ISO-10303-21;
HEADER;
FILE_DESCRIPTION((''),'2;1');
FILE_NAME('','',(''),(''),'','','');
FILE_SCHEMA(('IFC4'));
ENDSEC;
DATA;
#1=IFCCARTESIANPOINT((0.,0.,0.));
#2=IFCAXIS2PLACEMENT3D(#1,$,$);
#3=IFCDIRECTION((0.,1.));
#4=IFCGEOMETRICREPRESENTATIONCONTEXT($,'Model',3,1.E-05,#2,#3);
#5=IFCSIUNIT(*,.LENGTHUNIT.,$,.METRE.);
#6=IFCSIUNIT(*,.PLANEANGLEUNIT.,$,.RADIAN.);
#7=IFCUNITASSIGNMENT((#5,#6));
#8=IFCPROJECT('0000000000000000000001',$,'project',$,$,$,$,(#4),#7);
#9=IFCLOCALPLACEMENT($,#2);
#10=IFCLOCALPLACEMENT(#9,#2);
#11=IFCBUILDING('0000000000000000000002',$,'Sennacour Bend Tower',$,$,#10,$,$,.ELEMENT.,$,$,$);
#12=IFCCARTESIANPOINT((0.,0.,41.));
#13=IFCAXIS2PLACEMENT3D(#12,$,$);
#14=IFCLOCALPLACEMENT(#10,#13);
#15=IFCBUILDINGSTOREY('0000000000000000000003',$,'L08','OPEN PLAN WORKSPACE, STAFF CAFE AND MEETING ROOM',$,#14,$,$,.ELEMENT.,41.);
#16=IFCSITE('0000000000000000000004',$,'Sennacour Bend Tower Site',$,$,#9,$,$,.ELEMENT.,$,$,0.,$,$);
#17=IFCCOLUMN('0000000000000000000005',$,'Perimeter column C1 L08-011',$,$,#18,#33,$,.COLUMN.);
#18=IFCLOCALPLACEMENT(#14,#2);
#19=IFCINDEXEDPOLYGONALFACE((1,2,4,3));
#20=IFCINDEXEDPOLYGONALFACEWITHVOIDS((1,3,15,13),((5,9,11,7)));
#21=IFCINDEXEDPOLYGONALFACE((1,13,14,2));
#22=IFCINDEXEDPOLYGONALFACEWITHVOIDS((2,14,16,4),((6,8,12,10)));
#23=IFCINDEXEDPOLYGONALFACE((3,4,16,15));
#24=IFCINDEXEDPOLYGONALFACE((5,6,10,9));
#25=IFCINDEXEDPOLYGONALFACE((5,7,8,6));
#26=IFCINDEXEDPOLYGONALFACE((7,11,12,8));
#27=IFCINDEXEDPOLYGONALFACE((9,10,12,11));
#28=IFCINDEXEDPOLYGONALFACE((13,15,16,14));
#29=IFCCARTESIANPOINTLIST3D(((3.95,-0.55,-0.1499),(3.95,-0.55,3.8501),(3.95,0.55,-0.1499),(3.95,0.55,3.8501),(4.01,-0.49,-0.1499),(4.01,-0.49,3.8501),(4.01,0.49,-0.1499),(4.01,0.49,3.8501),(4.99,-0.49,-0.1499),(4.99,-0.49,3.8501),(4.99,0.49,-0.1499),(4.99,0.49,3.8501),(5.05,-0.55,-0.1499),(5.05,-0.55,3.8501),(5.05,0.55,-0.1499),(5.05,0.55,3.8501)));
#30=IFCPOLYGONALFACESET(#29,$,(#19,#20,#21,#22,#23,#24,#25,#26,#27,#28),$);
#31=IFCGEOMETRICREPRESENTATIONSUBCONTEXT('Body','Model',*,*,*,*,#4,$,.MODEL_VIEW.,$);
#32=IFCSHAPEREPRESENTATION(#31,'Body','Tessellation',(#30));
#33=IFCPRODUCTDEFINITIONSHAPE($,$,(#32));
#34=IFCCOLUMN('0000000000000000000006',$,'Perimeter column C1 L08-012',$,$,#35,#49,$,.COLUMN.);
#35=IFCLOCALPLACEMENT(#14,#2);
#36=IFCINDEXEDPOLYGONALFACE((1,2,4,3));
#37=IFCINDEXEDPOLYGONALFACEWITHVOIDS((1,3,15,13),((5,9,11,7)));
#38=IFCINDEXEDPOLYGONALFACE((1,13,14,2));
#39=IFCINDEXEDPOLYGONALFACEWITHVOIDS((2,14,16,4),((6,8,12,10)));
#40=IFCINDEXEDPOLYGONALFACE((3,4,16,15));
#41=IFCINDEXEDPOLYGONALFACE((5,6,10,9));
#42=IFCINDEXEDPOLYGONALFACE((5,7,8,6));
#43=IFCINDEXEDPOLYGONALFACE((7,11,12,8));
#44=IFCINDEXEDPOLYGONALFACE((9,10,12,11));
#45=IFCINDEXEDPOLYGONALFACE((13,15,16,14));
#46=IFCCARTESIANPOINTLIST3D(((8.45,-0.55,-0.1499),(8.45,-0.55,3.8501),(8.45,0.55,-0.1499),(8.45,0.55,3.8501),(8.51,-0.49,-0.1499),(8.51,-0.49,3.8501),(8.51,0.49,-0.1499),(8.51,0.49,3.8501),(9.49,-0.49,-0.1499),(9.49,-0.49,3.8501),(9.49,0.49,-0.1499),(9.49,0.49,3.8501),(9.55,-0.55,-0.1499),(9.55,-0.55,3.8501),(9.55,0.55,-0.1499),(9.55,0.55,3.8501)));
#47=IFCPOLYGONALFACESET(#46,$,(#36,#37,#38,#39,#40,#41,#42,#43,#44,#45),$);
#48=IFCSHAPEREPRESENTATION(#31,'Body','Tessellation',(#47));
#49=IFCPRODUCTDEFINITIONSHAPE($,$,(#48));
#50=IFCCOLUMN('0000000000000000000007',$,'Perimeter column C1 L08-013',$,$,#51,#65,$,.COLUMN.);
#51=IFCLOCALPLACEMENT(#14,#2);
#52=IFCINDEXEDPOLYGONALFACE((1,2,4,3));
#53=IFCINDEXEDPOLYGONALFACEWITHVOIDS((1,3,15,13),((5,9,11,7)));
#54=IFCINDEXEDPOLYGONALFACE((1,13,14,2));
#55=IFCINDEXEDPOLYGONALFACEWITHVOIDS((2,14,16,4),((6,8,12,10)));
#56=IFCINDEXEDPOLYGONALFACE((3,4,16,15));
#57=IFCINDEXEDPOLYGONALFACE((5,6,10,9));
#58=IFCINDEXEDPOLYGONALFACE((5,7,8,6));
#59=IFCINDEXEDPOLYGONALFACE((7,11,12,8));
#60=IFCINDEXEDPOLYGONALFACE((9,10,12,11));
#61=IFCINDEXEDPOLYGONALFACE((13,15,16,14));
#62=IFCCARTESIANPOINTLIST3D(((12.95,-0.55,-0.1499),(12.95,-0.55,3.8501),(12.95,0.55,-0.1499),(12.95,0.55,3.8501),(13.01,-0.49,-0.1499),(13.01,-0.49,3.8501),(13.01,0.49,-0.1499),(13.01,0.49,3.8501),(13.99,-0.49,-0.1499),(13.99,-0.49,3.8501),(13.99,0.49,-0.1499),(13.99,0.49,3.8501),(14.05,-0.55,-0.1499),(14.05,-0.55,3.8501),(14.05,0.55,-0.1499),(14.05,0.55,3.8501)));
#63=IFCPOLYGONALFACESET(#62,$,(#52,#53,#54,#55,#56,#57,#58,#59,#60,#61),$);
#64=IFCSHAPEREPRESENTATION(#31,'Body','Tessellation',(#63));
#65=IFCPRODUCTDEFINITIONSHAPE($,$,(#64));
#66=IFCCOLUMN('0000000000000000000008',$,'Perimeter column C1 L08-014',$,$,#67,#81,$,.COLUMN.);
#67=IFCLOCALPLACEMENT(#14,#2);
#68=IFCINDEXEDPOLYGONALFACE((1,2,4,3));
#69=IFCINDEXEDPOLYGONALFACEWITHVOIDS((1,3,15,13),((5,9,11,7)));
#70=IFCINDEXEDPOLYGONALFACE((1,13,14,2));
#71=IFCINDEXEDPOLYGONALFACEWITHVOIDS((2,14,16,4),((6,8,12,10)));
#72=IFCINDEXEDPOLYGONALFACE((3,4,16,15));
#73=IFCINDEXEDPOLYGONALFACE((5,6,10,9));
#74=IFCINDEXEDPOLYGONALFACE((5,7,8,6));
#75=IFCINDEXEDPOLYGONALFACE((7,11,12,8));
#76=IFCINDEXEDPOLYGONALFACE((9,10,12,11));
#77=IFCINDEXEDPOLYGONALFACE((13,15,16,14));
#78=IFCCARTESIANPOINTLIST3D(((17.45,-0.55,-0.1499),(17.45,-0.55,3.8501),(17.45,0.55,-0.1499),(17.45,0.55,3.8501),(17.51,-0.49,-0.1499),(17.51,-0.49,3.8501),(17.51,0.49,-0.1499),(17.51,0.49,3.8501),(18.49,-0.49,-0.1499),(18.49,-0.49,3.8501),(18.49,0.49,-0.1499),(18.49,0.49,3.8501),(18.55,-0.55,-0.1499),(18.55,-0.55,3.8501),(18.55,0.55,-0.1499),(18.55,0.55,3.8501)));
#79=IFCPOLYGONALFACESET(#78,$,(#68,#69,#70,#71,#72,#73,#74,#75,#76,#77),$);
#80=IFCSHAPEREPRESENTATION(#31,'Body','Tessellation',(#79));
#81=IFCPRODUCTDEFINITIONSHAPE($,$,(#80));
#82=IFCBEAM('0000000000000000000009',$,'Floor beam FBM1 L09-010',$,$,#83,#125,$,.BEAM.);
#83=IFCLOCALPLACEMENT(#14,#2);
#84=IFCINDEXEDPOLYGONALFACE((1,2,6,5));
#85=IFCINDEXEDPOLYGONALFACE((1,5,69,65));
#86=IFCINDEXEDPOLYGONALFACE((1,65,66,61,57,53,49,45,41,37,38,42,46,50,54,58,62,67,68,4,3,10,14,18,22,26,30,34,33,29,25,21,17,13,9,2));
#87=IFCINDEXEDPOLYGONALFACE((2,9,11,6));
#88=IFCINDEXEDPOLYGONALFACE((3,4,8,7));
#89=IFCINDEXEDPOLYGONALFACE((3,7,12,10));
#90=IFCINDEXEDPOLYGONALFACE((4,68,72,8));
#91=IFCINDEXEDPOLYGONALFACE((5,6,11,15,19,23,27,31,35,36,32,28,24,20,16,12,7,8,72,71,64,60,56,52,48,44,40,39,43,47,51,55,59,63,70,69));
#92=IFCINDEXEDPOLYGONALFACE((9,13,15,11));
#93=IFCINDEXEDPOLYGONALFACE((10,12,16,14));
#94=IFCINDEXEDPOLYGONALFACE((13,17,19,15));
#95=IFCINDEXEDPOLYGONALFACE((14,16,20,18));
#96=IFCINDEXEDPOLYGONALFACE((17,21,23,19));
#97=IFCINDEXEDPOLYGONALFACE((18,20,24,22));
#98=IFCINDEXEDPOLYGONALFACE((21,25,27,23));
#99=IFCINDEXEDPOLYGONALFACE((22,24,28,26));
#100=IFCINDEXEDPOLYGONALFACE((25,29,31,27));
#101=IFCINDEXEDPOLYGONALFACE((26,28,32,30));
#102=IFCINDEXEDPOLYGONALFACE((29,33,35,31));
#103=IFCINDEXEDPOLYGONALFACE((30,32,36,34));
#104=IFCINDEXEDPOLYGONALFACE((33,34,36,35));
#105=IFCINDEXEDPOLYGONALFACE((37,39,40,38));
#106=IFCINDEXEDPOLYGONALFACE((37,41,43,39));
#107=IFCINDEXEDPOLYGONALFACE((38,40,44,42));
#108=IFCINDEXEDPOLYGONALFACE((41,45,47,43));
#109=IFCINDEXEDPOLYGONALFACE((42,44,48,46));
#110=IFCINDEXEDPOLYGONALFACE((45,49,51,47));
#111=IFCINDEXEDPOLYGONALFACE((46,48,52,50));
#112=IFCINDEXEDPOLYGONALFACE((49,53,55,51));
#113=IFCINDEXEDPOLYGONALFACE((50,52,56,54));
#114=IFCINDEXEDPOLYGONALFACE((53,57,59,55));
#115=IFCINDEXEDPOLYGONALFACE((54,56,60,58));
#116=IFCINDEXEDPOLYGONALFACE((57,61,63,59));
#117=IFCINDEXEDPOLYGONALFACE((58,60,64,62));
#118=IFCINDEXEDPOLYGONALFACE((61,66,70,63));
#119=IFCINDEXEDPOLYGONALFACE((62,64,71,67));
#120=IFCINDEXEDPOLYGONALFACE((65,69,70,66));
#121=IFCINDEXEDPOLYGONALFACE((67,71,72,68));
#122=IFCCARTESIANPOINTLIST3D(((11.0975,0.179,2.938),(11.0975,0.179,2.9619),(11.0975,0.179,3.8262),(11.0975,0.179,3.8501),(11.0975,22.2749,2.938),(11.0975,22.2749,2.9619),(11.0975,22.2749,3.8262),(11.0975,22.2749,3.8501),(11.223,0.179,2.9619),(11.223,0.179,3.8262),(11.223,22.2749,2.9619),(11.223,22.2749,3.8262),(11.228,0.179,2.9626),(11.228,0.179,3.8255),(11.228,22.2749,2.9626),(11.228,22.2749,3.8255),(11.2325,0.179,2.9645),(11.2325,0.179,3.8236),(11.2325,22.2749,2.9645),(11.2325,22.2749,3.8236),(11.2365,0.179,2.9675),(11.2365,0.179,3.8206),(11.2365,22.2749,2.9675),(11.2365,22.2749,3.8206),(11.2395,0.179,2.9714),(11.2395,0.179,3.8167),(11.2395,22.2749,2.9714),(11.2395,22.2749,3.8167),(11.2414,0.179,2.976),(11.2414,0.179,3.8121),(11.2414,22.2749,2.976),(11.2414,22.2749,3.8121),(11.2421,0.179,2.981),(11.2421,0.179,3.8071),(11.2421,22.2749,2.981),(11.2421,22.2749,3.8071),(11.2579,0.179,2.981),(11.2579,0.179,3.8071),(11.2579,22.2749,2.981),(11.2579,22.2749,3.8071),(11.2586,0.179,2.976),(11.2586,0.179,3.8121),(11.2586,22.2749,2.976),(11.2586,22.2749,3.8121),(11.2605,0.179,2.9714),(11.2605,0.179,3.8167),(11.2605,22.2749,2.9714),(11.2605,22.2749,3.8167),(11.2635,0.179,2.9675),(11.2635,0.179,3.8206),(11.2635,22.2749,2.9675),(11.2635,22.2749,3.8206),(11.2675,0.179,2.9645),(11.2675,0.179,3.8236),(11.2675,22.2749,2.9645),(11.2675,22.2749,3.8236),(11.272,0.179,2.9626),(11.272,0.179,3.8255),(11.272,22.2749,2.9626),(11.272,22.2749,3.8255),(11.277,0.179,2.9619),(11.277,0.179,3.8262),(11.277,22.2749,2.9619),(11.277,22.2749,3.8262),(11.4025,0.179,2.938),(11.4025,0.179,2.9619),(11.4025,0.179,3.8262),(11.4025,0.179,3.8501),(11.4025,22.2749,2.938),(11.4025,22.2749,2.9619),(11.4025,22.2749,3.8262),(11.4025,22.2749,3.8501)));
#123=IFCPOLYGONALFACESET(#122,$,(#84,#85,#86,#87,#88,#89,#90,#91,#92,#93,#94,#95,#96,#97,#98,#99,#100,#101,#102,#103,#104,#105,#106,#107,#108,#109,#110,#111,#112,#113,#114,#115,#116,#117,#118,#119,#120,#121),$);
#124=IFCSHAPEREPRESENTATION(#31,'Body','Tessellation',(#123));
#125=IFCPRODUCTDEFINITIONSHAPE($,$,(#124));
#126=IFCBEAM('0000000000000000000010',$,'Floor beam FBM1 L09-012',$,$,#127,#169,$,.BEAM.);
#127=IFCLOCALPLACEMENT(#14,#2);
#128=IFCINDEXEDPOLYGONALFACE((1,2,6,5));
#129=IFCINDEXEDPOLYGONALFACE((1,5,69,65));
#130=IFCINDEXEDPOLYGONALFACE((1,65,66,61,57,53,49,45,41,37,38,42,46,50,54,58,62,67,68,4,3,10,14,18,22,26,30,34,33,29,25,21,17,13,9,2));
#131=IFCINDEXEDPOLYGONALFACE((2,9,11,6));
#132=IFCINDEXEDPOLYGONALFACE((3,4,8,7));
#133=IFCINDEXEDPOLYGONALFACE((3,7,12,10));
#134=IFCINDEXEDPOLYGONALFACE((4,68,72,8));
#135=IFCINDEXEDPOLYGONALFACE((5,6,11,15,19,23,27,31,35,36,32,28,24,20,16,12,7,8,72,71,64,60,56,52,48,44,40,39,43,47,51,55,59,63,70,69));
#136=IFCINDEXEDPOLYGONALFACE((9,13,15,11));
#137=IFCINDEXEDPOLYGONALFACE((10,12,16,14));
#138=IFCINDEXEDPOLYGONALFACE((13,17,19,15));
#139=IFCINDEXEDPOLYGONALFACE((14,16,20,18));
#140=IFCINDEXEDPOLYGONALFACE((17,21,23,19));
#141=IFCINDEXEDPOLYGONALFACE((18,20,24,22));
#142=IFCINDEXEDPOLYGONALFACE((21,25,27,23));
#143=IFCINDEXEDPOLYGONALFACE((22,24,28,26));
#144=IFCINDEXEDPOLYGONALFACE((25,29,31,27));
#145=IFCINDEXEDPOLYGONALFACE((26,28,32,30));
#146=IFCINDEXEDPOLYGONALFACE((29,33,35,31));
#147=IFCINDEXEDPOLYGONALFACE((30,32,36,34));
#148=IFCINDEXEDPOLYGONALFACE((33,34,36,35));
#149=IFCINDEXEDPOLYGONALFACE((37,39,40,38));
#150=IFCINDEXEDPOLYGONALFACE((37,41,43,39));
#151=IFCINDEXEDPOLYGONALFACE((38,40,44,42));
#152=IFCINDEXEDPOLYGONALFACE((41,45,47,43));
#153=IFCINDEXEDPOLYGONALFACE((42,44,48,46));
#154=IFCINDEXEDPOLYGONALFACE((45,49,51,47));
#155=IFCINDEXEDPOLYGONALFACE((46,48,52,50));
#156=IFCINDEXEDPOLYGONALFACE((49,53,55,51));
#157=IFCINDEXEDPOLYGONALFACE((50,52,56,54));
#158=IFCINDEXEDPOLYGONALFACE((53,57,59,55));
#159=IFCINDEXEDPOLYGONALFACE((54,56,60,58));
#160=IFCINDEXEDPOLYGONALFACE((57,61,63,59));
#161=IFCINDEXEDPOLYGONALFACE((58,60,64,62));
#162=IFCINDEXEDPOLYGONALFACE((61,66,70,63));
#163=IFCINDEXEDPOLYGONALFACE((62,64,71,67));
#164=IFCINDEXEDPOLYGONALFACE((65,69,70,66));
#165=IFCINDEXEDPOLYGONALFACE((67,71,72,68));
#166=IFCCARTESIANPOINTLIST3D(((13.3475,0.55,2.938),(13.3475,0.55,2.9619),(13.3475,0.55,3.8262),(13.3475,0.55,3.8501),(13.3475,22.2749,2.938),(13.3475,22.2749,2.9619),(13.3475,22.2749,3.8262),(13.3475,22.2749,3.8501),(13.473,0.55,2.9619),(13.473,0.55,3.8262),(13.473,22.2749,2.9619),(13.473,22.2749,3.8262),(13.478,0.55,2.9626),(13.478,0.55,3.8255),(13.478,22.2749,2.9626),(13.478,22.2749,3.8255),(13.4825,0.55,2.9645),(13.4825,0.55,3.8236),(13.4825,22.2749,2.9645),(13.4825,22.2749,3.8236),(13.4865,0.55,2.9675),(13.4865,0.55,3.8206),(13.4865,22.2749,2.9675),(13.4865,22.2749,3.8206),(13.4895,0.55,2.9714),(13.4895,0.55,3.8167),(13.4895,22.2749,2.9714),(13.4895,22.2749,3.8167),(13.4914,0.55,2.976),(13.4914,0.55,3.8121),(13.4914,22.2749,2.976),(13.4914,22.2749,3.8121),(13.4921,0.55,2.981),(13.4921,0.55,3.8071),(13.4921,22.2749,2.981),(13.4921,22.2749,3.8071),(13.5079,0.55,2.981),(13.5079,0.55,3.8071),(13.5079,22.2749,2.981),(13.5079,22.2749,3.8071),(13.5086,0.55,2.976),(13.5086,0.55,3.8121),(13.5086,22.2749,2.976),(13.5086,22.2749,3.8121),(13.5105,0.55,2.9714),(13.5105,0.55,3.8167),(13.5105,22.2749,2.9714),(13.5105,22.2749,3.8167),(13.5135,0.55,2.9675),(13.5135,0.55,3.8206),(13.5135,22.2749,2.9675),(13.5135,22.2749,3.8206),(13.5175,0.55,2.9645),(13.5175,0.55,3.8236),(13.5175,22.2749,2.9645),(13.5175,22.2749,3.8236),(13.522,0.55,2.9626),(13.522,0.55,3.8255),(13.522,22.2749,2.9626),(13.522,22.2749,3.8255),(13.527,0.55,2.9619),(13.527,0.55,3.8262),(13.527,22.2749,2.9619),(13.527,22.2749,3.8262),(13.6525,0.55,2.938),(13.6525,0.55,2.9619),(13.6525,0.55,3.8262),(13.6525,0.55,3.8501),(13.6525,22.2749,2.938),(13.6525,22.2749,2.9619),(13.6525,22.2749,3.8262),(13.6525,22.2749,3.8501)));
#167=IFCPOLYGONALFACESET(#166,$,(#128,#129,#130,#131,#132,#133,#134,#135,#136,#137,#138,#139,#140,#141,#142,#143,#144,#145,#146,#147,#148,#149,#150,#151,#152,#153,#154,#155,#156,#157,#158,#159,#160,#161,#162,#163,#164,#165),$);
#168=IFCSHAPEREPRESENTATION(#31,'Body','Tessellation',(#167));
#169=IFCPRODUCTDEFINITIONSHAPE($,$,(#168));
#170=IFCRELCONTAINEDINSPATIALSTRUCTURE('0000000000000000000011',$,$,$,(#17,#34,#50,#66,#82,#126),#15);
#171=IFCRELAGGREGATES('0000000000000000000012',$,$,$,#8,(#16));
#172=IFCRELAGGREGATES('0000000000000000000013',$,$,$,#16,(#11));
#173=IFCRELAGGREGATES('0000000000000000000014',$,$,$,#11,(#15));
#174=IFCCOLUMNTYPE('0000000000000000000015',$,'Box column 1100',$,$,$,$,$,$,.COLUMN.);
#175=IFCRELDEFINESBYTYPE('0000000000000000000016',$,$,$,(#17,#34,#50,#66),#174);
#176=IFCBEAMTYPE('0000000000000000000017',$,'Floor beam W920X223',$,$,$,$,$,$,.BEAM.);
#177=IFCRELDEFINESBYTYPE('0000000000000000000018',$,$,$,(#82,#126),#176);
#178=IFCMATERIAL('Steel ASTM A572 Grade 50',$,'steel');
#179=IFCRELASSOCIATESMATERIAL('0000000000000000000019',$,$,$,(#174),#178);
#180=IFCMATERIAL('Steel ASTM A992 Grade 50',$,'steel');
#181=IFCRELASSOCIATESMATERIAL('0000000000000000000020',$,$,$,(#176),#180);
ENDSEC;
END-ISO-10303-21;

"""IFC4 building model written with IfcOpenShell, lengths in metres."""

from ifc_helpers import new_model, si_unit, direction, frame, origin, origin_2d, place, context, subcontext, project, spatial, hollow_rectangle, i_section, extrude, material, material_profile, profile_set, type_object, element, save


model = new_model("IFC4")

# Units and contexts
model_context = context("Model", 3, precision=1e-05, world=origin(), true_north=direction((0.0, 1.0)))
body_context = subcontext(model_context, "Body", "Model", "MODEL_VIEW")
ifc_project = project(units=[si_unit("LENGTHUNIT", "METRE"), si_unit("PLANEANGLEUNIT", "RADIAN")], contexts=[model_context])

# Site, building, storey
site_placement = place(None, origin())
site = spatial("IfcSite", under=ifc_project, at=site_placement, Name="Sennacour Bend Tower Site", CompositionType="ELEMENT", RefElevation=0.0)
building_placement = place(site_placement, origin())
building = spatial("IfcBuilding", under=site, at=building_placement, Name="Sennacour Bend Tower", CompositionType="ELEMENT")
storey_placement = place(building_placement, frame((0.0, 0.0, 41.0)))
storey = spatial("IfcBuildingStorey", under=building, at=storey_placement, Name="L08", Description="OPEN PLAN WORKSPACE, STAFF CAFE AND MEETING ROOM", CompositionType="ELEMENT", Elevation=41.0)

# Columns
ifc_material_1 = material(Name="Steel ASTM A572 Grade 50", Category="steel")
ifc_material_profile_1 = material_profile(ifc_material_1, hollow_rectangle(XDim=1.1001, YDim=1.1001, WallThickness=0.0601, at=origin_2d()), Name="Steel ASTM A572 Grade 50", Category="steel")
ifc_profile_set_1 = profile_set([ifc_material_profile_1], Name="Steel ASTM A572 Grade 50")
column_type = type_object("IfcColumnType", Name="Box column 1100", PredefinedType="COLUMN", material=ifc_profile_set_1)
for number, where, z_axis, x_axis, name in (
    (1, (4.5, 0.0, -0.1499), (0.0, 0.0, 1.0), (1.0, 0.0, 0.0), "Perimeter column C1 L08-011"),
    (2, (9.0, 0.0, -0.1499), (0.0, 0.0, 1.0), (1.0, 0.0, 0.0), "Perimeter column C1 L08-012"),
    (3, (13.5, 0.0, -0.1499), (0.0, 0.0, 1.0), (1.0, 0.0, 0.0), "Perimeter column C1 L08-013"),
    (4, (18.0, 0.0, -0.1499), (0.0, 0.0, 1.0), (1.0, 0.0, 0.0), "Perimeter column C1 L08-014"),
):
    element("IfcColumn", number, at=place(storey_placement, frame(where, z_axis=z_axis, x_axis=x_axis)), inside=storey, type_object=column_type, Name=name, PredefinedType="COLUMN", context=body_context, shape_type="SweptSolid", body=[
        extrude(hollow_rectangle(XDim=1.1001, YDim=1.1001, WallThickness=0.0601, at=origin_2d()), origin(), (0.0, 0.0, 1.0), 4.0),
    ])

# Beams
ifc_material_2 = material(Name="Steel ASTM A992 Grade 50", Category="steel")
ifc_material_profile_2 = material_profile(ifc_material_2, i_section(OverallWidth=0.3049, OverallDepth=0.9121, WebThickness=0.0159, FlangeThickness=0.0239, FilletRadius=0.019, at=origin_2d()), Name="Steel ASTM A992 Grade 50", Category="steel")
ifc_profile_set_2 = profile_set([ifc_material_profile_2], Name="Steel ASTM A992 Grade 50")
beam_type_1 = type_object("IfcBeamType", Name="Floor beam W920X223", PredefinedType="BEAM", material=ifc_profile_set_2)
beam_1_placement = place(storey_placement, frame((11.25, 0.179, 3.394), z_axis=(0.0, 1.0, 0.0), x_axis=(-1.0, 0.0, 0.0)))
element("IfcBeam", 5, at=beam_1_placement, inside=storey, type_object=beam_type_1, Name="Floor beam FBM1 L09-010", PredefinedType="BEAM", context=body_context, shape_type="SweptSolid", body=[
    extrude(i_section(OverallWidth=0.3049, OverallDepth=0.9121, WebThickness=0.0159, FlangeThickness=0.0239, FilletRadius=0.019, at=origin_2d()), origin(), (0.0, 0.0, 1.0), 22.0959),
])
beam_2_placement = place(storey_placement, frame((13.5, 0.55, 3.394), z_axis=(0.0, 1.0, 0.0), x_axis=(-1.0, 0.0, 0.0)))
element("IfcBeam", 6, at=beam_2_placement, inside=storey, type_object=beam_type_1, Name="Floor beam FBM1 L09-012", PredefinedType="BEAM", context=body_context, shape_type="SweptSolid", body=[
    extrude(i_section(OverallWidth=0.3049, OverallDepth=0.9121, WebThickness=0.0159, FlangeThickness=0.0239, FilletRadius=0.019, at=origin_2d()), origin(), (0.0, 0.0, 1.0), 21.7249),
])

save(model, "model.ifc")
